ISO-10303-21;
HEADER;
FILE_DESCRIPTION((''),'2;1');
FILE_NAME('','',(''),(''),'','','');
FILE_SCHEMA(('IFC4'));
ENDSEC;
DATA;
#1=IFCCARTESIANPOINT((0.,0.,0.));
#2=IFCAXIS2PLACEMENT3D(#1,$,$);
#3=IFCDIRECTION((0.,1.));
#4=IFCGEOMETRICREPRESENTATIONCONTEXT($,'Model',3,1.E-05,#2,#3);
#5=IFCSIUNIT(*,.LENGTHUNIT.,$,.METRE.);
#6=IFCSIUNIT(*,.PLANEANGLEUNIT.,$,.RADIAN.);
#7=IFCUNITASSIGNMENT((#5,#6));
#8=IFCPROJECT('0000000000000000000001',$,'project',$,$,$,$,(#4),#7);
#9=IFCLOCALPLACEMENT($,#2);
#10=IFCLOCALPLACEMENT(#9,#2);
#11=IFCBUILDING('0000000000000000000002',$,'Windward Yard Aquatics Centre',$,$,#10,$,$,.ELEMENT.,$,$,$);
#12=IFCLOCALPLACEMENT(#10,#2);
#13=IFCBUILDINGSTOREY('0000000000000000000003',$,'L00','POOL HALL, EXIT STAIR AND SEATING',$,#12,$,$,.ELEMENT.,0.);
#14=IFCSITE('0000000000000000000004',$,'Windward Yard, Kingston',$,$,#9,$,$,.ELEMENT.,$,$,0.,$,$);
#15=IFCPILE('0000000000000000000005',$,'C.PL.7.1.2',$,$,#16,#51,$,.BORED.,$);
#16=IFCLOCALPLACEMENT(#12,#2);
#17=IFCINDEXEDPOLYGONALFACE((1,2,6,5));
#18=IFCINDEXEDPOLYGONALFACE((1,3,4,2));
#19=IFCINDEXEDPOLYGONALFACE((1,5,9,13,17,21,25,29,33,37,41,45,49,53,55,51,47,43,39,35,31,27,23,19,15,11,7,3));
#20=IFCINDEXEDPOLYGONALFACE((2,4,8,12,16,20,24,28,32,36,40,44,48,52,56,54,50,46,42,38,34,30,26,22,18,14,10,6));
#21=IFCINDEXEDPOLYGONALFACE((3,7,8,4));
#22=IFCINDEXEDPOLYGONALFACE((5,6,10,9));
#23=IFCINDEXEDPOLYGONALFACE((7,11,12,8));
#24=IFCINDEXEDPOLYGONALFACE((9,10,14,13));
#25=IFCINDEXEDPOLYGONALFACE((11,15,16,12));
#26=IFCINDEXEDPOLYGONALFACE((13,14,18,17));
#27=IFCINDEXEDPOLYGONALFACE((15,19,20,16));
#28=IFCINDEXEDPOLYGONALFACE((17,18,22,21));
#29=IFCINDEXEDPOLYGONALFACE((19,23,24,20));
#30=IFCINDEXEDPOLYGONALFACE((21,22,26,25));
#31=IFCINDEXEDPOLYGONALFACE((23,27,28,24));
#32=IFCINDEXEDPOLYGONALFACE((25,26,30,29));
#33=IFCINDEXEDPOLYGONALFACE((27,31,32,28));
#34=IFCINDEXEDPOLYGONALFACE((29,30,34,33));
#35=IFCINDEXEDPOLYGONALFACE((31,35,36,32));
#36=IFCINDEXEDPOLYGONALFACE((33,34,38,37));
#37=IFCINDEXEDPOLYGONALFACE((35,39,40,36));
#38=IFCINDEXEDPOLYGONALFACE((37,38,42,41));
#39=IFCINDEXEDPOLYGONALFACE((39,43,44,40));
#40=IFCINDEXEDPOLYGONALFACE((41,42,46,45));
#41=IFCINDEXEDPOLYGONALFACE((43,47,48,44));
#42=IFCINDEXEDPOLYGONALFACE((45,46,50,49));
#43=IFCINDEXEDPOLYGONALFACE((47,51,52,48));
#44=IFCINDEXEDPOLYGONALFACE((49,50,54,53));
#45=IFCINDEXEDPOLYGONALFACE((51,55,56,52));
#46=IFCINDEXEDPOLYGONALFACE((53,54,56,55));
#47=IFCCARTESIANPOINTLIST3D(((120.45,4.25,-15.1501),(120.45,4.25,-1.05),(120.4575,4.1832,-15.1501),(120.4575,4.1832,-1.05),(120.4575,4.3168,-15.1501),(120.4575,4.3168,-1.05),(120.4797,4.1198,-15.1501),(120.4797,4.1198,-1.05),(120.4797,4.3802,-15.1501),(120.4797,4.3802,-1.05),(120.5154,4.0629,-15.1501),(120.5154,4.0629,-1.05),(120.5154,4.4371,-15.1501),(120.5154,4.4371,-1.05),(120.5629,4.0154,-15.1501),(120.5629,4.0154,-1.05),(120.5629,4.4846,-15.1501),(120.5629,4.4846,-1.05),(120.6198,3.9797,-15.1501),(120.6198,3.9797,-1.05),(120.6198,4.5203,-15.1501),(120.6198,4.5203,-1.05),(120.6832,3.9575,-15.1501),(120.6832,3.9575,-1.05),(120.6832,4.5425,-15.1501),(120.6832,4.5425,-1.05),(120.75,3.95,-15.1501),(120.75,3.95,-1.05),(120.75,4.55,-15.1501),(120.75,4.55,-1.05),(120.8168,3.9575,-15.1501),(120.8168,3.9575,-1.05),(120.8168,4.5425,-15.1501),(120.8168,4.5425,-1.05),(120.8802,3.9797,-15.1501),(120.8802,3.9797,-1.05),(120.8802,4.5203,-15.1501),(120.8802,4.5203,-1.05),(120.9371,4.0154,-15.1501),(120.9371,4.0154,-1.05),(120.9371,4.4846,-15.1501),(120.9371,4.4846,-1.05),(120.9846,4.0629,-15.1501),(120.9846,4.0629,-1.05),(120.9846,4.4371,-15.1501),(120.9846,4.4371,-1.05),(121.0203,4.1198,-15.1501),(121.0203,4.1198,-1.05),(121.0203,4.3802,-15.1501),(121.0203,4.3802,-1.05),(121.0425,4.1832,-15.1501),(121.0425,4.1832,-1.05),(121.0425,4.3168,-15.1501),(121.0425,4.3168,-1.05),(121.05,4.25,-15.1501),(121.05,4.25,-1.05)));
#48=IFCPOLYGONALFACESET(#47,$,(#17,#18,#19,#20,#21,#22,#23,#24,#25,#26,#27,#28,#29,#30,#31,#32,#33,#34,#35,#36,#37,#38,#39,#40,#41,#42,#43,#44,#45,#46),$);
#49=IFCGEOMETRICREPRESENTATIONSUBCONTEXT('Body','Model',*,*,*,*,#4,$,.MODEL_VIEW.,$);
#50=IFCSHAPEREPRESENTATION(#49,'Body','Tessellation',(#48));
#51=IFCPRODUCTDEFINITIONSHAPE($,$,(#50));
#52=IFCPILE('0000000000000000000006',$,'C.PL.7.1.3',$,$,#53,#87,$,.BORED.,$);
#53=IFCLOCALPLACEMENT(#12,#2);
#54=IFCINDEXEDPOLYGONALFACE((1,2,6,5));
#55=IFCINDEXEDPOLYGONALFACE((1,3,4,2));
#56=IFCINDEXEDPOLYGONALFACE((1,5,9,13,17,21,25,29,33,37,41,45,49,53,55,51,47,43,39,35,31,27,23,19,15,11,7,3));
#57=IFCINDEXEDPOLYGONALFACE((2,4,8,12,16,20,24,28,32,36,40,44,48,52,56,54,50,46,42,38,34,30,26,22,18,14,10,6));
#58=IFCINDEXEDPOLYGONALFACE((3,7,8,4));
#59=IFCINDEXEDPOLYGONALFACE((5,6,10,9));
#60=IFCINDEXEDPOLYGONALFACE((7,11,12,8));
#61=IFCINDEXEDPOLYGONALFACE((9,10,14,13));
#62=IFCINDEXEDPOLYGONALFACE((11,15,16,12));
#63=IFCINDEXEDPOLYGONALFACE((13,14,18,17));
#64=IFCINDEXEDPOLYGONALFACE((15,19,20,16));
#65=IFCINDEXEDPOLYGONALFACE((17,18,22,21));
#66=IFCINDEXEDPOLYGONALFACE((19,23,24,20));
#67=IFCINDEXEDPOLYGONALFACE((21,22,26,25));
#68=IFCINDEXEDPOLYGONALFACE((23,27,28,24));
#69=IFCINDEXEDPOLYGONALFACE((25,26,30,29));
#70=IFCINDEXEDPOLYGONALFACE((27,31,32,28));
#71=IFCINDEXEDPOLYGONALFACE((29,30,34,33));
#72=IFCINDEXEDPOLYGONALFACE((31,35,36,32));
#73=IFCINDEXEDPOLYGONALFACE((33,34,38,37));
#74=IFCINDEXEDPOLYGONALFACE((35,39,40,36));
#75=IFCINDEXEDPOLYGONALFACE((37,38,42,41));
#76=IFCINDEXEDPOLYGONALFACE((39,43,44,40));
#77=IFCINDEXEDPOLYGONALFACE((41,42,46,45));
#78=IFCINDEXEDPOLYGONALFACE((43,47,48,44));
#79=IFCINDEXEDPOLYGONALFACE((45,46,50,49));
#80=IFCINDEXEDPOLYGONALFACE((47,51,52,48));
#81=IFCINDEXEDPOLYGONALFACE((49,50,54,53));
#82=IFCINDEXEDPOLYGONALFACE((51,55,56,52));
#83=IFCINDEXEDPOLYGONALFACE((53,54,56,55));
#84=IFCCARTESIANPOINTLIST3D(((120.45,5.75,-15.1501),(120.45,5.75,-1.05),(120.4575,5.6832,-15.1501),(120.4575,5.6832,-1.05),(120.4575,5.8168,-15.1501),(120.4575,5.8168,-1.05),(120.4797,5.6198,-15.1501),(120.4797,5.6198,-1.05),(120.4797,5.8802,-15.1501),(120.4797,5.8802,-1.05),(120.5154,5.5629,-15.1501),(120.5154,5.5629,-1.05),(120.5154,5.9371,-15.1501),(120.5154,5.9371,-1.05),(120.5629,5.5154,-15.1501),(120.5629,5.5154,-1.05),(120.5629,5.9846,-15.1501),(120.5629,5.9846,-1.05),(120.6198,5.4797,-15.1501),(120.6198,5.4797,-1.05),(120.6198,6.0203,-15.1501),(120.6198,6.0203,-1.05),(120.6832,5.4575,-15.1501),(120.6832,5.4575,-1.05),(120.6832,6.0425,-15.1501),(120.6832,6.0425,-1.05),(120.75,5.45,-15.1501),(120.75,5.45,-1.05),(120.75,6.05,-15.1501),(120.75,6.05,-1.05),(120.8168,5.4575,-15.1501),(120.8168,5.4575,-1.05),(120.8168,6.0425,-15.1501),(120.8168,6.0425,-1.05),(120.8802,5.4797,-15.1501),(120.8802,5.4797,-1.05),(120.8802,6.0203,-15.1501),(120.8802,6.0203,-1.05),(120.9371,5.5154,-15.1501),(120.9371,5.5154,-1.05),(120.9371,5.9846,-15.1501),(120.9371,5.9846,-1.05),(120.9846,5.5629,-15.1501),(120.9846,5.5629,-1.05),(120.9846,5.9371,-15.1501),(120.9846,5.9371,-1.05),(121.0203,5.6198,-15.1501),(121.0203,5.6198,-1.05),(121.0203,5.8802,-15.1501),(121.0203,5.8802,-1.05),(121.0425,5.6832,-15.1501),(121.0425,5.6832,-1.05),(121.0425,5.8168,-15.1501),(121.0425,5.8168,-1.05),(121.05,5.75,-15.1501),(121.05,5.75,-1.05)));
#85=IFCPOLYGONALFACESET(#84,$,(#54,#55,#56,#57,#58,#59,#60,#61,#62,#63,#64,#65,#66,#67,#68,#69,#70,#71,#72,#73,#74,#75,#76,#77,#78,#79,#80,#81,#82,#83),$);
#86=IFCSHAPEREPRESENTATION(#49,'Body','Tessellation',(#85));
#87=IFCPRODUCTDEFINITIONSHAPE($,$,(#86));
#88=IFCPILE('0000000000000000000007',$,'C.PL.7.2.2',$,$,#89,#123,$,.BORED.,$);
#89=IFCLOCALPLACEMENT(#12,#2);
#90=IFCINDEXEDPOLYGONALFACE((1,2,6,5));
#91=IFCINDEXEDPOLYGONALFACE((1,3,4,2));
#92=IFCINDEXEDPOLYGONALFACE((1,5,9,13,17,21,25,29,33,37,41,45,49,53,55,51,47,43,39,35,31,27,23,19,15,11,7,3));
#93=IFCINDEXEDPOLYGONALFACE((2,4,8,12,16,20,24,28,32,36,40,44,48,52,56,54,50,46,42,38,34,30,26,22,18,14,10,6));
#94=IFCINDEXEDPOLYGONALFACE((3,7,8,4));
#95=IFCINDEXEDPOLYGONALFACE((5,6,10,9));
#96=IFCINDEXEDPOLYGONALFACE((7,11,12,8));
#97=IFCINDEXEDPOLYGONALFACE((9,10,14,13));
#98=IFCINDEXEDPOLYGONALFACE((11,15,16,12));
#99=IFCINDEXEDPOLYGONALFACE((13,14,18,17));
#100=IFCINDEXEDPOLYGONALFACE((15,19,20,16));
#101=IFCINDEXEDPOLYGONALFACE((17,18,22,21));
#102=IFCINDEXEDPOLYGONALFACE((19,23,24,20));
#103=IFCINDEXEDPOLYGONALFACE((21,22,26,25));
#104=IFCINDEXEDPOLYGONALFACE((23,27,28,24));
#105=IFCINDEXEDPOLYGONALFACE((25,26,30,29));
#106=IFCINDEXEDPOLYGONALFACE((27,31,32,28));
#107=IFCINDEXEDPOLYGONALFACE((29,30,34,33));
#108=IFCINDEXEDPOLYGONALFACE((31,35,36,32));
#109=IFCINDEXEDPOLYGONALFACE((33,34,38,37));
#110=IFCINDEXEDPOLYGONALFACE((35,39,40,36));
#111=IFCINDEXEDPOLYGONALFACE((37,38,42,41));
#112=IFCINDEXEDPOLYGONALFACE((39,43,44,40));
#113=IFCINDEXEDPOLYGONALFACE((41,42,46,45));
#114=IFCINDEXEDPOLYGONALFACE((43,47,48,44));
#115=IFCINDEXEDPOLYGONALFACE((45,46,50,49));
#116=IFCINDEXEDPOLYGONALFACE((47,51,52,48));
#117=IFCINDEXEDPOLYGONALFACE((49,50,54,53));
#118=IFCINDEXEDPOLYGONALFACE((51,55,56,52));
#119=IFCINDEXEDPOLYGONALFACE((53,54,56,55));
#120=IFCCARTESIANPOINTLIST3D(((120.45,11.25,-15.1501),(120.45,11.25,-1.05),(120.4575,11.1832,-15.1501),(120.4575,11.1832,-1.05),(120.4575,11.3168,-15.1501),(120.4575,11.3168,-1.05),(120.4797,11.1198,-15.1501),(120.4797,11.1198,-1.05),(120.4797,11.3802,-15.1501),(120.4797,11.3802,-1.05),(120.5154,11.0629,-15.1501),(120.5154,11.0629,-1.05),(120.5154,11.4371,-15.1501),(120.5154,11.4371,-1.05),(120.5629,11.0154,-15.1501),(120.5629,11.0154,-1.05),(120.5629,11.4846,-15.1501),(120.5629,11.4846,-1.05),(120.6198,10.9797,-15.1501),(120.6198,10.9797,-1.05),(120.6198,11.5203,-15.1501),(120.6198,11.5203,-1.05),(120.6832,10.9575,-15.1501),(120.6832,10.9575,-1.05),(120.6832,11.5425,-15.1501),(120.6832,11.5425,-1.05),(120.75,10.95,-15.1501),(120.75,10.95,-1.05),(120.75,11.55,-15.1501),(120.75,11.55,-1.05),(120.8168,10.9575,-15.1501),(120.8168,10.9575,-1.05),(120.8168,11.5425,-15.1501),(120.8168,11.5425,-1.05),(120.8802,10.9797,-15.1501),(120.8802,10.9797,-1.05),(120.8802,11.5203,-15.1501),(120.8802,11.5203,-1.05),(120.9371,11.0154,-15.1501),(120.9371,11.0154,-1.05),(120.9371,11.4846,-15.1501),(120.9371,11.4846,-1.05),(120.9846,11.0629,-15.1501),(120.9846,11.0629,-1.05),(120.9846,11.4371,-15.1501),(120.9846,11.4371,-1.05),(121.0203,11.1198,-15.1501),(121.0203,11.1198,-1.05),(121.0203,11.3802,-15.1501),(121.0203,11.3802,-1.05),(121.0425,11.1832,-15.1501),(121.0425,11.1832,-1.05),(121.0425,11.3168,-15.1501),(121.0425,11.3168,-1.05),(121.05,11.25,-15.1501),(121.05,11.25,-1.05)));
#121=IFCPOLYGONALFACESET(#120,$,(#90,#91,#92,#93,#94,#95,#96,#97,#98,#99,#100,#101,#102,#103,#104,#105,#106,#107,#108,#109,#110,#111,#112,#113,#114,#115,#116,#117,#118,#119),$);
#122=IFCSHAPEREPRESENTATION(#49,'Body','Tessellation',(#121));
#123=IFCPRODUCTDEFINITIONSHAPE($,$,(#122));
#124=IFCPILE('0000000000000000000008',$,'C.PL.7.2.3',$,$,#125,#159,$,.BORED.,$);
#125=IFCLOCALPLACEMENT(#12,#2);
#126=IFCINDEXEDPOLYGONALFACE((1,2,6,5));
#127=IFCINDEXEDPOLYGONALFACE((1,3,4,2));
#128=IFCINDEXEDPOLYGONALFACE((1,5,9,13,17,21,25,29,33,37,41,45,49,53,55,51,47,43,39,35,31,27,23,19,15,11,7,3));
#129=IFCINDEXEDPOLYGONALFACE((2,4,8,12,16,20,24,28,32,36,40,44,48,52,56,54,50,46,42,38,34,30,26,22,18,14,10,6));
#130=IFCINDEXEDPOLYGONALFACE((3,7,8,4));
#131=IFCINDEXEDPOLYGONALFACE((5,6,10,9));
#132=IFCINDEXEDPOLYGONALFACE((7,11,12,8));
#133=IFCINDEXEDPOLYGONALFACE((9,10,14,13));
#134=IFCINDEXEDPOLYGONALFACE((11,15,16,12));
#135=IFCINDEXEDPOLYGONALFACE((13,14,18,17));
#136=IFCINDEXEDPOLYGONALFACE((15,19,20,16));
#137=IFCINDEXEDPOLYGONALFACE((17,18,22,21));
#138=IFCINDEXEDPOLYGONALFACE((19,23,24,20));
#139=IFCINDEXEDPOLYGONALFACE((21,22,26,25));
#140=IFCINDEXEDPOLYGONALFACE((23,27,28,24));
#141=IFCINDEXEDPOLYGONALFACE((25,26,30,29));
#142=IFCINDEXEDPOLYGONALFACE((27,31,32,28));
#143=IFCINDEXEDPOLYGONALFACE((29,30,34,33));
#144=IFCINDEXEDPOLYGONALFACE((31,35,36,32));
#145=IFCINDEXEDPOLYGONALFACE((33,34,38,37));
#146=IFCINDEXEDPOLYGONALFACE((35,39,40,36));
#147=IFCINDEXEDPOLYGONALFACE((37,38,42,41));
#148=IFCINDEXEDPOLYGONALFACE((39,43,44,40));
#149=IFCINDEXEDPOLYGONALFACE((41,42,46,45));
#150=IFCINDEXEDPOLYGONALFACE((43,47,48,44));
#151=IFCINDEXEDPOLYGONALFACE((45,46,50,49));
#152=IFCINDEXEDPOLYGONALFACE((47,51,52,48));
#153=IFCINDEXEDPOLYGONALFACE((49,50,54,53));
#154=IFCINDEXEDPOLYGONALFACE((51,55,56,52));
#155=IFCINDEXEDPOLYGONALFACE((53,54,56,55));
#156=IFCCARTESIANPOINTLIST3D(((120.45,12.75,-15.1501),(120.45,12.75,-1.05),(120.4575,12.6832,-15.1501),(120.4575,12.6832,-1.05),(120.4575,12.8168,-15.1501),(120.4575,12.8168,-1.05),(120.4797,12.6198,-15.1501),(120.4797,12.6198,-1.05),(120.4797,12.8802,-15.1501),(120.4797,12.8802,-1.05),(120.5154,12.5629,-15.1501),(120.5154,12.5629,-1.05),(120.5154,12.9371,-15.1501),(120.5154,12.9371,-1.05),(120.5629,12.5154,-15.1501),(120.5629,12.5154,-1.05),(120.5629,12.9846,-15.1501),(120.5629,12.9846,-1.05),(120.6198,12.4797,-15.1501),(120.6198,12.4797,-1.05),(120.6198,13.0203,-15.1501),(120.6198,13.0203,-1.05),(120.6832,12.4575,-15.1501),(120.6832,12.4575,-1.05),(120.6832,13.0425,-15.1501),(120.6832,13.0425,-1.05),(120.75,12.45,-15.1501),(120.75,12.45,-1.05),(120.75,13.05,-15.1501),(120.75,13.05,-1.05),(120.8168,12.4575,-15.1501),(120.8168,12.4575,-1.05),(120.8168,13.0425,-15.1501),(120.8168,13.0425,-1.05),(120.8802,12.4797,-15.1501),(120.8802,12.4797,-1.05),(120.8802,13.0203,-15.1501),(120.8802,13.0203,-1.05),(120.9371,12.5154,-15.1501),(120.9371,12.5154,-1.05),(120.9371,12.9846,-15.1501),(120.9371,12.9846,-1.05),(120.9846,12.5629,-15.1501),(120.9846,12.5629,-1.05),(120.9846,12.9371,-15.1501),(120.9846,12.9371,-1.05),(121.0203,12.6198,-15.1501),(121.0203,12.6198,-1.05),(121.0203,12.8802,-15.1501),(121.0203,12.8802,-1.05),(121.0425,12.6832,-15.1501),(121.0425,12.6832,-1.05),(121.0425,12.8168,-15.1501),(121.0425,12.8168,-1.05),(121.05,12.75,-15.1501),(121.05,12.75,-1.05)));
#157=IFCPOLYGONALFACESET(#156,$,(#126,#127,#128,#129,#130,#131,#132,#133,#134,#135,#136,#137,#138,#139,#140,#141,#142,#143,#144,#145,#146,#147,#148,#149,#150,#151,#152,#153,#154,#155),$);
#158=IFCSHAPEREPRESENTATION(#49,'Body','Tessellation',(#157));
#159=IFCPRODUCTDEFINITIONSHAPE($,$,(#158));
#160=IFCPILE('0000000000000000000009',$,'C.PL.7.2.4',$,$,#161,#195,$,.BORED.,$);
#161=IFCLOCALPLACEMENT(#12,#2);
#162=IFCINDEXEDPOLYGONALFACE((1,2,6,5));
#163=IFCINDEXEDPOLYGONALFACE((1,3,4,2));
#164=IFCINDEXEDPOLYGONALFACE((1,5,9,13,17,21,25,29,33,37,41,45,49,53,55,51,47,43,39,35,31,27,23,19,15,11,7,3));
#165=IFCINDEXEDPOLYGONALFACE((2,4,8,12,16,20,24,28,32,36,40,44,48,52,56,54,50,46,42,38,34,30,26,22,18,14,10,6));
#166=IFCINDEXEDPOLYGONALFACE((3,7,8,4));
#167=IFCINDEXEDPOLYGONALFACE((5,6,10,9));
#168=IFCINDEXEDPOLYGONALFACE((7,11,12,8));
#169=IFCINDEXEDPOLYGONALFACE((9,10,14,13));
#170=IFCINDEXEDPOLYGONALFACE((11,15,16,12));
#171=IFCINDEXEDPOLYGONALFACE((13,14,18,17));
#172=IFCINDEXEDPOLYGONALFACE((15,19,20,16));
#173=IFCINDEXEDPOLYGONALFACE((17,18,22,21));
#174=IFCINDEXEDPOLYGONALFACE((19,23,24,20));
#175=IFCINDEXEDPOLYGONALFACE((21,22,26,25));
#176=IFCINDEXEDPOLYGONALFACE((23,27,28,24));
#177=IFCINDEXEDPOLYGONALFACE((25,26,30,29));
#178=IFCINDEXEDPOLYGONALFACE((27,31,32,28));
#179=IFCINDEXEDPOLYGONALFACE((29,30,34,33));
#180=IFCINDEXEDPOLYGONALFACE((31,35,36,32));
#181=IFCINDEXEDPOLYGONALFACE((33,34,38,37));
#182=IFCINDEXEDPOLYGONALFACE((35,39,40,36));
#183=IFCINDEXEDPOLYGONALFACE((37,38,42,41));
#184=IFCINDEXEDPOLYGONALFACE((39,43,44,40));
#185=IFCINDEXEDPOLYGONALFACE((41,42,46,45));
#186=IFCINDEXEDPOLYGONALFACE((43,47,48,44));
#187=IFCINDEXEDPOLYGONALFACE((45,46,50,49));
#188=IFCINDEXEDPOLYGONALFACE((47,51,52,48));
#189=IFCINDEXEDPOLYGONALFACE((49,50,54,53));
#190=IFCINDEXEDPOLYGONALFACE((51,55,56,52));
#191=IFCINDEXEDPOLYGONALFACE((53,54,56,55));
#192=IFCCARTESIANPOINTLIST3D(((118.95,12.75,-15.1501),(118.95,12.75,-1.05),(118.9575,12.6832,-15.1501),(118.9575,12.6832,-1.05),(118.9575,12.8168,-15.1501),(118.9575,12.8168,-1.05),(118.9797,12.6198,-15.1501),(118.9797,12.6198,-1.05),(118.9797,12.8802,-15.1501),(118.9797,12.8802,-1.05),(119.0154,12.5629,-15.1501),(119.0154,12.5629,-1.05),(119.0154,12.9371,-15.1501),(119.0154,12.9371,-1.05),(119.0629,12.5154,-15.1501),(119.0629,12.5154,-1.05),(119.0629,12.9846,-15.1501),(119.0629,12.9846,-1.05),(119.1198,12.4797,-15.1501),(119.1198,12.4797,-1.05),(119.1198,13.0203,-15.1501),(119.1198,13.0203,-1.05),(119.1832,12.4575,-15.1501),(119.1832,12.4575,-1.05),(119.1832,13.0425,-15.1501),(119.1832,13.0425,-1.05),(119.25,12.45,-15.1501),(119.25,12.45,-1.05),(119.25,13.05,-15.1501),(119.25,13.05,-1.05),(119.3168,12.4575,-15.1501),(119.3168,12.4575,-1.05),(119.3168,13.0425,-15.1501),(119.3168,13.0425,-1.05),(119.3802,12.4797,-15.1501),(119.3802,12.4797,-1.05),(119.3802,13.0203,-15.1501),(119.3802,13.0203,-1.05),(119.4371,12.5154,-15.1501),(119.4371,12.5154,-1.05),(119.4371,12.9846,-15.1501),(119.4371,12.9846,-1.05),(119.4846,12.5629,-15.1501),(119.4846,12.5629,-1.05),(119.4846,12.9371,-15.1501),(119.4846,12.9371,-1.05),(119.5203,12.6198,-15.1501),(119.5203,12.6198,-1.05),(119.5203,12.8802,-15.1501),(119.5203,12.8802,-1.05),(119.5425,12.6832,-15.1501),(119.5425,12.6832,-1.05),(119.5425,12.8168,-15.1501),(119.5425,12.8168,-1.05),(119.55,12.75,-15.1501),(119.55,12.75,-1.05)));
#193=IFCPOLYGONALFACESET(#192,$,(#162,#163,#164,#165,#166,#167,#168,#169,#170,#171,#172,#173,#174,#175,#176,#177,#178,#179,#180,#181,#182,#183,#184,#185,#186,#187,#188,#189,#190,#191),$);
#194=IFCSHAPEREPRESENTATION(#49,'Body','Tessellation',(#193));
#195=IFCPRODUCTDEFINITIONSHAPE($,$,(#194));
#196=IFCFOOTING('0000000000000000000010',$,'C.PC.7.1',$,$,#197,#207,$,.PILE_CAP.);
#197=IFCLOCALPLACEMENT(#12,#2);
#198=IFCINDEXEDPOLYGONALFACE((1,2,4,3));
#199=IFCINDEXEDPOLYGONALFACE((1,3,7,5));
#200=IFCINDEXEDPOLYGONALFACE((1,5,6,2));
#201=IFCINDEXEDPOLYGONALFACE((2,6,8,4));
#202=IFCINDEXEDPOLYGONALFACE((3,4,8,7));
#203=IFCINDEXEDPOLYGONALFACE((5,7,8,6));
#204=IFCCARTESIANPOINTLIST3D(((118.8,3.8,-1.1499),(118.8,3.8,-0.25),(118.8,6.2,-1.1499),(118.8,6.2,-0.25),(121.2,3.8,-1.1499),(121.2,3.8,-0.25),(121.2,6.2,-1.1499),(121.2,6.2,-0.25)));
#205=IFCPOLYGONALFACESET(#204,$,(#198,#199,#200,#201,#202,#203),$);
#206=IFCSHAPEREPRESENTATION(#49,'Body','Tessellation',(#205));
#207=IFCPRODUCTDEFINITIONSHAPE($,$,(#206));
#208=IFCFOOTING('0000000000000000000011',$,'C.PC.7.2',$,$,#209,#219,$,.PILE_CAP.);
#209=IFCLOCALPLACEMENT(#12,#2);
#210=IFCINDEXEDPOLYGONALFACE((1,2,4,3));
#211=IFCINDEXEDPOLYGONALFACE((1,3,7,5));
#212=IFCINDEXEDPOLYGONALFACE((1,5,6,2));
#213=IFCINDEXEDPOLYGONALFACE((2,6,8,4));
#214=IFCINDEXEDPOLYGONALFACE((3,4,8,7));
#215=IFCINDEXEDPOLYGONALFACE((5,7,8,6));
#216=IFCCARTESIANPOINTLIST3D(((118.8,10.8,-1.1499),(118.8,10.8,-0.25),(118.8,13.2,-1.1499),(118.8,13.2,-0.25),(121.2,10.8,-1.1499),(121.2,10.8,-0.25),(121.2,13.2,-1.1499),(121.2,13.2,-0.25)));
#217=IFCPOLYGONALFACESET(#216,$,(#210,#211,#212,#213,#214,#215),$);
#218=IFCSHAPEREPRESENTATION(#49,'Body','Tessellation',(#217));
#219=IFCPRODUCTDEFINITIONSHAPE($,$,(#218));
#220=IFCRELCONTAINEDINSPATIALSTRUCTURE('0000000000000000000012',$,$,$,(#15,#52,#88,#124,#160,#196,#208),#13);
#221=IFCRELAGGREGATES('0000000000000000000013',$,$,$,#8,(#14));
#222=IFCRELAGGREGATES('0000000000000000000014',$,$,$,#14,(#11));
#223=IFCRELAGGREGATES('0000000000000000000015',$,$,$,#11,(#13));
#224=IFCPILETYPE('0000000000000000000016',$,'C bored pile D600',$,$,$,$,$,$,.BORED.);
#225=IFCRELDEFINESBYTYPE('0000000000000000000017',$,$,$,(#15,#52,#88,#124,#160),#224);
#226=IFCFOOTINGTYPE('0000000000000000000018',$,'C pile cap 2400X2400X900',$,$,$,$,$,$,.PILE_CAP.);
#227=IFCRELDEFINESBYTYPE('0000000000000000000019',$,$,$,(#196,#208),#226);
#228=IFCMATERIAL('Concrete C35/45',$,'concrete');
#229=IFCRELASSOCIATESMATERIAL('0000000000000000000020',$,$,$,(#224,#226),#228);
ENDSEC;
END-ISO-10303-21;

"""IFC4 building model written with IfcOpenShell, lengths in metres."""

from ifc_helpers import new_model, si_unit, direction, frame, origin, origin_2d, place, context, subcontext, project, spatial, rectangle, circle, extrude, material, material_profile, profile_set, type_object, element, save


model = new_model("IFC4")

# Units and contexts
model_context = context("Model", 3, precision=1e-05, world=origin(), true_north=direction((0.0, 1.0)))
body_context = subcontext(model_context, "Body", "Model", "MODEL_VIEW")
ifc_project = project(units=[si_unit("LENGTHUNIT", "METRE"), si_unit("PLANEANGLEUNIT", "RADIAN")], contexts=[model_context])

# Site, building, storey
site_placement = place(None, origin())
site = spatial("IfcSite", under=ifc_project, at=site_placement, Name="Windward Yard, Kingston", CompositionType="ELEMENT", RefElevation=0.0)
building_placement = place(site_placement, origin())
building = spatial("IfcBuilding", under=site, at=building_placement, Name="Windward Yard Aquatics Centre", CompositionType="ELEMENT")
storey_placement = place(building_placement, origin())
storey = spatial("IfcBuildingStorey", under=building, at=storey_placement, Name="L00", Description="POOL HALL, EXIT STAIR AND SEATING", CompositionType="ELEMENT", Elevation=0.0)

# Piles
ifc_material_1 = material(Name="Concrete C35/45", Category="concrete")
ifc_material_profile_1 = material_profile(ifc_material_1, circle(Radius=0.3, at=origin_2d()), Name="RC D600")
ifc_profile_set_1 = profile_set([ifc_material_profile_1], Name="Concrete C35/45")
pile_type = type_object("IfcPileType", Name="C bored pile D600", PredefinedType="BORED", material=ifc_profile_set_1)
for number, where, z_axis, x_axis, name in (
    (1, (120.75, 4.25, -1.05), (0.0, 0.0, -1.0), (1.0, 0.0, 0.0), "C.PL.7.1.2"),
    (2, (120.75, 5.75, -1.05), (0.0, 0.0, -1.0), (1.0, 0.0, 0.0), "C.PL.7.1.3"),
    (3, (120.75, 11.25, -1.05), (0.0, 0.0, -1.0), (1.0, 0.0, 0.0), "C.PL.7.2.2"),
    (4, (120.75, 12.75, -1.05), (0.0, 0.0, -1.0), (1.0, 0.0, 0.0), "C.PL.7.2.3"),
    (5, (119.25, 12.75, -1.05), (0.0, 0.0, -1.0), (1.0, 0.0, 0.0), "C.PL.7.2.4"),
):
    element("IfcPile", number, at=place(storey_placement, frame(where, z_axis=z_axis, x_axis=x_axis)), inside=storey, type_object=pile_type, Name=name, PredefinedType="BORED", context=body_context, shape_type="SweptSolid", body=[
        extrude(circle(Radius=0.3, at=origin_2d()), origin(), (0.0, 0.0, 1.0), 14.1001),
    ])

# Footings
footing_type = type_object("IfcFootingType", Name="C pile cap 2400X2400X900", PredefinedType="PILE_CAP", material=ifc_material_1)
for number, where, z_axis, x_axis, name in (
    (6, (120.0, 5.0, -1.1499), (0.0, 0.0, 1.0), (1.0, 0.0, 0.0), "C.PC.7.1"),
    (7, (120.0, 12.0, -1.1499), (0.0, 0.0, 1.0), (1.0, 0.0, 0.0), "C.PC.7.2"),
):
    element("IfcFooting", number, at=place(storey_placement, frame(where, z_axis=z_axis, x_axis=x_axis)), inside=storey, type_object=footing_type, Name=name, PredefinedType="PILE_CAP", context=body_context, shape_type="SweptSolid", body=[
        extrude(rectangle(XDim=2.3999, YDim=2.3999, at=origin_2d()), origin(), (0.0, 0.0, 1.0), 0.8999),
    ])

save(model, "model.ifc")
